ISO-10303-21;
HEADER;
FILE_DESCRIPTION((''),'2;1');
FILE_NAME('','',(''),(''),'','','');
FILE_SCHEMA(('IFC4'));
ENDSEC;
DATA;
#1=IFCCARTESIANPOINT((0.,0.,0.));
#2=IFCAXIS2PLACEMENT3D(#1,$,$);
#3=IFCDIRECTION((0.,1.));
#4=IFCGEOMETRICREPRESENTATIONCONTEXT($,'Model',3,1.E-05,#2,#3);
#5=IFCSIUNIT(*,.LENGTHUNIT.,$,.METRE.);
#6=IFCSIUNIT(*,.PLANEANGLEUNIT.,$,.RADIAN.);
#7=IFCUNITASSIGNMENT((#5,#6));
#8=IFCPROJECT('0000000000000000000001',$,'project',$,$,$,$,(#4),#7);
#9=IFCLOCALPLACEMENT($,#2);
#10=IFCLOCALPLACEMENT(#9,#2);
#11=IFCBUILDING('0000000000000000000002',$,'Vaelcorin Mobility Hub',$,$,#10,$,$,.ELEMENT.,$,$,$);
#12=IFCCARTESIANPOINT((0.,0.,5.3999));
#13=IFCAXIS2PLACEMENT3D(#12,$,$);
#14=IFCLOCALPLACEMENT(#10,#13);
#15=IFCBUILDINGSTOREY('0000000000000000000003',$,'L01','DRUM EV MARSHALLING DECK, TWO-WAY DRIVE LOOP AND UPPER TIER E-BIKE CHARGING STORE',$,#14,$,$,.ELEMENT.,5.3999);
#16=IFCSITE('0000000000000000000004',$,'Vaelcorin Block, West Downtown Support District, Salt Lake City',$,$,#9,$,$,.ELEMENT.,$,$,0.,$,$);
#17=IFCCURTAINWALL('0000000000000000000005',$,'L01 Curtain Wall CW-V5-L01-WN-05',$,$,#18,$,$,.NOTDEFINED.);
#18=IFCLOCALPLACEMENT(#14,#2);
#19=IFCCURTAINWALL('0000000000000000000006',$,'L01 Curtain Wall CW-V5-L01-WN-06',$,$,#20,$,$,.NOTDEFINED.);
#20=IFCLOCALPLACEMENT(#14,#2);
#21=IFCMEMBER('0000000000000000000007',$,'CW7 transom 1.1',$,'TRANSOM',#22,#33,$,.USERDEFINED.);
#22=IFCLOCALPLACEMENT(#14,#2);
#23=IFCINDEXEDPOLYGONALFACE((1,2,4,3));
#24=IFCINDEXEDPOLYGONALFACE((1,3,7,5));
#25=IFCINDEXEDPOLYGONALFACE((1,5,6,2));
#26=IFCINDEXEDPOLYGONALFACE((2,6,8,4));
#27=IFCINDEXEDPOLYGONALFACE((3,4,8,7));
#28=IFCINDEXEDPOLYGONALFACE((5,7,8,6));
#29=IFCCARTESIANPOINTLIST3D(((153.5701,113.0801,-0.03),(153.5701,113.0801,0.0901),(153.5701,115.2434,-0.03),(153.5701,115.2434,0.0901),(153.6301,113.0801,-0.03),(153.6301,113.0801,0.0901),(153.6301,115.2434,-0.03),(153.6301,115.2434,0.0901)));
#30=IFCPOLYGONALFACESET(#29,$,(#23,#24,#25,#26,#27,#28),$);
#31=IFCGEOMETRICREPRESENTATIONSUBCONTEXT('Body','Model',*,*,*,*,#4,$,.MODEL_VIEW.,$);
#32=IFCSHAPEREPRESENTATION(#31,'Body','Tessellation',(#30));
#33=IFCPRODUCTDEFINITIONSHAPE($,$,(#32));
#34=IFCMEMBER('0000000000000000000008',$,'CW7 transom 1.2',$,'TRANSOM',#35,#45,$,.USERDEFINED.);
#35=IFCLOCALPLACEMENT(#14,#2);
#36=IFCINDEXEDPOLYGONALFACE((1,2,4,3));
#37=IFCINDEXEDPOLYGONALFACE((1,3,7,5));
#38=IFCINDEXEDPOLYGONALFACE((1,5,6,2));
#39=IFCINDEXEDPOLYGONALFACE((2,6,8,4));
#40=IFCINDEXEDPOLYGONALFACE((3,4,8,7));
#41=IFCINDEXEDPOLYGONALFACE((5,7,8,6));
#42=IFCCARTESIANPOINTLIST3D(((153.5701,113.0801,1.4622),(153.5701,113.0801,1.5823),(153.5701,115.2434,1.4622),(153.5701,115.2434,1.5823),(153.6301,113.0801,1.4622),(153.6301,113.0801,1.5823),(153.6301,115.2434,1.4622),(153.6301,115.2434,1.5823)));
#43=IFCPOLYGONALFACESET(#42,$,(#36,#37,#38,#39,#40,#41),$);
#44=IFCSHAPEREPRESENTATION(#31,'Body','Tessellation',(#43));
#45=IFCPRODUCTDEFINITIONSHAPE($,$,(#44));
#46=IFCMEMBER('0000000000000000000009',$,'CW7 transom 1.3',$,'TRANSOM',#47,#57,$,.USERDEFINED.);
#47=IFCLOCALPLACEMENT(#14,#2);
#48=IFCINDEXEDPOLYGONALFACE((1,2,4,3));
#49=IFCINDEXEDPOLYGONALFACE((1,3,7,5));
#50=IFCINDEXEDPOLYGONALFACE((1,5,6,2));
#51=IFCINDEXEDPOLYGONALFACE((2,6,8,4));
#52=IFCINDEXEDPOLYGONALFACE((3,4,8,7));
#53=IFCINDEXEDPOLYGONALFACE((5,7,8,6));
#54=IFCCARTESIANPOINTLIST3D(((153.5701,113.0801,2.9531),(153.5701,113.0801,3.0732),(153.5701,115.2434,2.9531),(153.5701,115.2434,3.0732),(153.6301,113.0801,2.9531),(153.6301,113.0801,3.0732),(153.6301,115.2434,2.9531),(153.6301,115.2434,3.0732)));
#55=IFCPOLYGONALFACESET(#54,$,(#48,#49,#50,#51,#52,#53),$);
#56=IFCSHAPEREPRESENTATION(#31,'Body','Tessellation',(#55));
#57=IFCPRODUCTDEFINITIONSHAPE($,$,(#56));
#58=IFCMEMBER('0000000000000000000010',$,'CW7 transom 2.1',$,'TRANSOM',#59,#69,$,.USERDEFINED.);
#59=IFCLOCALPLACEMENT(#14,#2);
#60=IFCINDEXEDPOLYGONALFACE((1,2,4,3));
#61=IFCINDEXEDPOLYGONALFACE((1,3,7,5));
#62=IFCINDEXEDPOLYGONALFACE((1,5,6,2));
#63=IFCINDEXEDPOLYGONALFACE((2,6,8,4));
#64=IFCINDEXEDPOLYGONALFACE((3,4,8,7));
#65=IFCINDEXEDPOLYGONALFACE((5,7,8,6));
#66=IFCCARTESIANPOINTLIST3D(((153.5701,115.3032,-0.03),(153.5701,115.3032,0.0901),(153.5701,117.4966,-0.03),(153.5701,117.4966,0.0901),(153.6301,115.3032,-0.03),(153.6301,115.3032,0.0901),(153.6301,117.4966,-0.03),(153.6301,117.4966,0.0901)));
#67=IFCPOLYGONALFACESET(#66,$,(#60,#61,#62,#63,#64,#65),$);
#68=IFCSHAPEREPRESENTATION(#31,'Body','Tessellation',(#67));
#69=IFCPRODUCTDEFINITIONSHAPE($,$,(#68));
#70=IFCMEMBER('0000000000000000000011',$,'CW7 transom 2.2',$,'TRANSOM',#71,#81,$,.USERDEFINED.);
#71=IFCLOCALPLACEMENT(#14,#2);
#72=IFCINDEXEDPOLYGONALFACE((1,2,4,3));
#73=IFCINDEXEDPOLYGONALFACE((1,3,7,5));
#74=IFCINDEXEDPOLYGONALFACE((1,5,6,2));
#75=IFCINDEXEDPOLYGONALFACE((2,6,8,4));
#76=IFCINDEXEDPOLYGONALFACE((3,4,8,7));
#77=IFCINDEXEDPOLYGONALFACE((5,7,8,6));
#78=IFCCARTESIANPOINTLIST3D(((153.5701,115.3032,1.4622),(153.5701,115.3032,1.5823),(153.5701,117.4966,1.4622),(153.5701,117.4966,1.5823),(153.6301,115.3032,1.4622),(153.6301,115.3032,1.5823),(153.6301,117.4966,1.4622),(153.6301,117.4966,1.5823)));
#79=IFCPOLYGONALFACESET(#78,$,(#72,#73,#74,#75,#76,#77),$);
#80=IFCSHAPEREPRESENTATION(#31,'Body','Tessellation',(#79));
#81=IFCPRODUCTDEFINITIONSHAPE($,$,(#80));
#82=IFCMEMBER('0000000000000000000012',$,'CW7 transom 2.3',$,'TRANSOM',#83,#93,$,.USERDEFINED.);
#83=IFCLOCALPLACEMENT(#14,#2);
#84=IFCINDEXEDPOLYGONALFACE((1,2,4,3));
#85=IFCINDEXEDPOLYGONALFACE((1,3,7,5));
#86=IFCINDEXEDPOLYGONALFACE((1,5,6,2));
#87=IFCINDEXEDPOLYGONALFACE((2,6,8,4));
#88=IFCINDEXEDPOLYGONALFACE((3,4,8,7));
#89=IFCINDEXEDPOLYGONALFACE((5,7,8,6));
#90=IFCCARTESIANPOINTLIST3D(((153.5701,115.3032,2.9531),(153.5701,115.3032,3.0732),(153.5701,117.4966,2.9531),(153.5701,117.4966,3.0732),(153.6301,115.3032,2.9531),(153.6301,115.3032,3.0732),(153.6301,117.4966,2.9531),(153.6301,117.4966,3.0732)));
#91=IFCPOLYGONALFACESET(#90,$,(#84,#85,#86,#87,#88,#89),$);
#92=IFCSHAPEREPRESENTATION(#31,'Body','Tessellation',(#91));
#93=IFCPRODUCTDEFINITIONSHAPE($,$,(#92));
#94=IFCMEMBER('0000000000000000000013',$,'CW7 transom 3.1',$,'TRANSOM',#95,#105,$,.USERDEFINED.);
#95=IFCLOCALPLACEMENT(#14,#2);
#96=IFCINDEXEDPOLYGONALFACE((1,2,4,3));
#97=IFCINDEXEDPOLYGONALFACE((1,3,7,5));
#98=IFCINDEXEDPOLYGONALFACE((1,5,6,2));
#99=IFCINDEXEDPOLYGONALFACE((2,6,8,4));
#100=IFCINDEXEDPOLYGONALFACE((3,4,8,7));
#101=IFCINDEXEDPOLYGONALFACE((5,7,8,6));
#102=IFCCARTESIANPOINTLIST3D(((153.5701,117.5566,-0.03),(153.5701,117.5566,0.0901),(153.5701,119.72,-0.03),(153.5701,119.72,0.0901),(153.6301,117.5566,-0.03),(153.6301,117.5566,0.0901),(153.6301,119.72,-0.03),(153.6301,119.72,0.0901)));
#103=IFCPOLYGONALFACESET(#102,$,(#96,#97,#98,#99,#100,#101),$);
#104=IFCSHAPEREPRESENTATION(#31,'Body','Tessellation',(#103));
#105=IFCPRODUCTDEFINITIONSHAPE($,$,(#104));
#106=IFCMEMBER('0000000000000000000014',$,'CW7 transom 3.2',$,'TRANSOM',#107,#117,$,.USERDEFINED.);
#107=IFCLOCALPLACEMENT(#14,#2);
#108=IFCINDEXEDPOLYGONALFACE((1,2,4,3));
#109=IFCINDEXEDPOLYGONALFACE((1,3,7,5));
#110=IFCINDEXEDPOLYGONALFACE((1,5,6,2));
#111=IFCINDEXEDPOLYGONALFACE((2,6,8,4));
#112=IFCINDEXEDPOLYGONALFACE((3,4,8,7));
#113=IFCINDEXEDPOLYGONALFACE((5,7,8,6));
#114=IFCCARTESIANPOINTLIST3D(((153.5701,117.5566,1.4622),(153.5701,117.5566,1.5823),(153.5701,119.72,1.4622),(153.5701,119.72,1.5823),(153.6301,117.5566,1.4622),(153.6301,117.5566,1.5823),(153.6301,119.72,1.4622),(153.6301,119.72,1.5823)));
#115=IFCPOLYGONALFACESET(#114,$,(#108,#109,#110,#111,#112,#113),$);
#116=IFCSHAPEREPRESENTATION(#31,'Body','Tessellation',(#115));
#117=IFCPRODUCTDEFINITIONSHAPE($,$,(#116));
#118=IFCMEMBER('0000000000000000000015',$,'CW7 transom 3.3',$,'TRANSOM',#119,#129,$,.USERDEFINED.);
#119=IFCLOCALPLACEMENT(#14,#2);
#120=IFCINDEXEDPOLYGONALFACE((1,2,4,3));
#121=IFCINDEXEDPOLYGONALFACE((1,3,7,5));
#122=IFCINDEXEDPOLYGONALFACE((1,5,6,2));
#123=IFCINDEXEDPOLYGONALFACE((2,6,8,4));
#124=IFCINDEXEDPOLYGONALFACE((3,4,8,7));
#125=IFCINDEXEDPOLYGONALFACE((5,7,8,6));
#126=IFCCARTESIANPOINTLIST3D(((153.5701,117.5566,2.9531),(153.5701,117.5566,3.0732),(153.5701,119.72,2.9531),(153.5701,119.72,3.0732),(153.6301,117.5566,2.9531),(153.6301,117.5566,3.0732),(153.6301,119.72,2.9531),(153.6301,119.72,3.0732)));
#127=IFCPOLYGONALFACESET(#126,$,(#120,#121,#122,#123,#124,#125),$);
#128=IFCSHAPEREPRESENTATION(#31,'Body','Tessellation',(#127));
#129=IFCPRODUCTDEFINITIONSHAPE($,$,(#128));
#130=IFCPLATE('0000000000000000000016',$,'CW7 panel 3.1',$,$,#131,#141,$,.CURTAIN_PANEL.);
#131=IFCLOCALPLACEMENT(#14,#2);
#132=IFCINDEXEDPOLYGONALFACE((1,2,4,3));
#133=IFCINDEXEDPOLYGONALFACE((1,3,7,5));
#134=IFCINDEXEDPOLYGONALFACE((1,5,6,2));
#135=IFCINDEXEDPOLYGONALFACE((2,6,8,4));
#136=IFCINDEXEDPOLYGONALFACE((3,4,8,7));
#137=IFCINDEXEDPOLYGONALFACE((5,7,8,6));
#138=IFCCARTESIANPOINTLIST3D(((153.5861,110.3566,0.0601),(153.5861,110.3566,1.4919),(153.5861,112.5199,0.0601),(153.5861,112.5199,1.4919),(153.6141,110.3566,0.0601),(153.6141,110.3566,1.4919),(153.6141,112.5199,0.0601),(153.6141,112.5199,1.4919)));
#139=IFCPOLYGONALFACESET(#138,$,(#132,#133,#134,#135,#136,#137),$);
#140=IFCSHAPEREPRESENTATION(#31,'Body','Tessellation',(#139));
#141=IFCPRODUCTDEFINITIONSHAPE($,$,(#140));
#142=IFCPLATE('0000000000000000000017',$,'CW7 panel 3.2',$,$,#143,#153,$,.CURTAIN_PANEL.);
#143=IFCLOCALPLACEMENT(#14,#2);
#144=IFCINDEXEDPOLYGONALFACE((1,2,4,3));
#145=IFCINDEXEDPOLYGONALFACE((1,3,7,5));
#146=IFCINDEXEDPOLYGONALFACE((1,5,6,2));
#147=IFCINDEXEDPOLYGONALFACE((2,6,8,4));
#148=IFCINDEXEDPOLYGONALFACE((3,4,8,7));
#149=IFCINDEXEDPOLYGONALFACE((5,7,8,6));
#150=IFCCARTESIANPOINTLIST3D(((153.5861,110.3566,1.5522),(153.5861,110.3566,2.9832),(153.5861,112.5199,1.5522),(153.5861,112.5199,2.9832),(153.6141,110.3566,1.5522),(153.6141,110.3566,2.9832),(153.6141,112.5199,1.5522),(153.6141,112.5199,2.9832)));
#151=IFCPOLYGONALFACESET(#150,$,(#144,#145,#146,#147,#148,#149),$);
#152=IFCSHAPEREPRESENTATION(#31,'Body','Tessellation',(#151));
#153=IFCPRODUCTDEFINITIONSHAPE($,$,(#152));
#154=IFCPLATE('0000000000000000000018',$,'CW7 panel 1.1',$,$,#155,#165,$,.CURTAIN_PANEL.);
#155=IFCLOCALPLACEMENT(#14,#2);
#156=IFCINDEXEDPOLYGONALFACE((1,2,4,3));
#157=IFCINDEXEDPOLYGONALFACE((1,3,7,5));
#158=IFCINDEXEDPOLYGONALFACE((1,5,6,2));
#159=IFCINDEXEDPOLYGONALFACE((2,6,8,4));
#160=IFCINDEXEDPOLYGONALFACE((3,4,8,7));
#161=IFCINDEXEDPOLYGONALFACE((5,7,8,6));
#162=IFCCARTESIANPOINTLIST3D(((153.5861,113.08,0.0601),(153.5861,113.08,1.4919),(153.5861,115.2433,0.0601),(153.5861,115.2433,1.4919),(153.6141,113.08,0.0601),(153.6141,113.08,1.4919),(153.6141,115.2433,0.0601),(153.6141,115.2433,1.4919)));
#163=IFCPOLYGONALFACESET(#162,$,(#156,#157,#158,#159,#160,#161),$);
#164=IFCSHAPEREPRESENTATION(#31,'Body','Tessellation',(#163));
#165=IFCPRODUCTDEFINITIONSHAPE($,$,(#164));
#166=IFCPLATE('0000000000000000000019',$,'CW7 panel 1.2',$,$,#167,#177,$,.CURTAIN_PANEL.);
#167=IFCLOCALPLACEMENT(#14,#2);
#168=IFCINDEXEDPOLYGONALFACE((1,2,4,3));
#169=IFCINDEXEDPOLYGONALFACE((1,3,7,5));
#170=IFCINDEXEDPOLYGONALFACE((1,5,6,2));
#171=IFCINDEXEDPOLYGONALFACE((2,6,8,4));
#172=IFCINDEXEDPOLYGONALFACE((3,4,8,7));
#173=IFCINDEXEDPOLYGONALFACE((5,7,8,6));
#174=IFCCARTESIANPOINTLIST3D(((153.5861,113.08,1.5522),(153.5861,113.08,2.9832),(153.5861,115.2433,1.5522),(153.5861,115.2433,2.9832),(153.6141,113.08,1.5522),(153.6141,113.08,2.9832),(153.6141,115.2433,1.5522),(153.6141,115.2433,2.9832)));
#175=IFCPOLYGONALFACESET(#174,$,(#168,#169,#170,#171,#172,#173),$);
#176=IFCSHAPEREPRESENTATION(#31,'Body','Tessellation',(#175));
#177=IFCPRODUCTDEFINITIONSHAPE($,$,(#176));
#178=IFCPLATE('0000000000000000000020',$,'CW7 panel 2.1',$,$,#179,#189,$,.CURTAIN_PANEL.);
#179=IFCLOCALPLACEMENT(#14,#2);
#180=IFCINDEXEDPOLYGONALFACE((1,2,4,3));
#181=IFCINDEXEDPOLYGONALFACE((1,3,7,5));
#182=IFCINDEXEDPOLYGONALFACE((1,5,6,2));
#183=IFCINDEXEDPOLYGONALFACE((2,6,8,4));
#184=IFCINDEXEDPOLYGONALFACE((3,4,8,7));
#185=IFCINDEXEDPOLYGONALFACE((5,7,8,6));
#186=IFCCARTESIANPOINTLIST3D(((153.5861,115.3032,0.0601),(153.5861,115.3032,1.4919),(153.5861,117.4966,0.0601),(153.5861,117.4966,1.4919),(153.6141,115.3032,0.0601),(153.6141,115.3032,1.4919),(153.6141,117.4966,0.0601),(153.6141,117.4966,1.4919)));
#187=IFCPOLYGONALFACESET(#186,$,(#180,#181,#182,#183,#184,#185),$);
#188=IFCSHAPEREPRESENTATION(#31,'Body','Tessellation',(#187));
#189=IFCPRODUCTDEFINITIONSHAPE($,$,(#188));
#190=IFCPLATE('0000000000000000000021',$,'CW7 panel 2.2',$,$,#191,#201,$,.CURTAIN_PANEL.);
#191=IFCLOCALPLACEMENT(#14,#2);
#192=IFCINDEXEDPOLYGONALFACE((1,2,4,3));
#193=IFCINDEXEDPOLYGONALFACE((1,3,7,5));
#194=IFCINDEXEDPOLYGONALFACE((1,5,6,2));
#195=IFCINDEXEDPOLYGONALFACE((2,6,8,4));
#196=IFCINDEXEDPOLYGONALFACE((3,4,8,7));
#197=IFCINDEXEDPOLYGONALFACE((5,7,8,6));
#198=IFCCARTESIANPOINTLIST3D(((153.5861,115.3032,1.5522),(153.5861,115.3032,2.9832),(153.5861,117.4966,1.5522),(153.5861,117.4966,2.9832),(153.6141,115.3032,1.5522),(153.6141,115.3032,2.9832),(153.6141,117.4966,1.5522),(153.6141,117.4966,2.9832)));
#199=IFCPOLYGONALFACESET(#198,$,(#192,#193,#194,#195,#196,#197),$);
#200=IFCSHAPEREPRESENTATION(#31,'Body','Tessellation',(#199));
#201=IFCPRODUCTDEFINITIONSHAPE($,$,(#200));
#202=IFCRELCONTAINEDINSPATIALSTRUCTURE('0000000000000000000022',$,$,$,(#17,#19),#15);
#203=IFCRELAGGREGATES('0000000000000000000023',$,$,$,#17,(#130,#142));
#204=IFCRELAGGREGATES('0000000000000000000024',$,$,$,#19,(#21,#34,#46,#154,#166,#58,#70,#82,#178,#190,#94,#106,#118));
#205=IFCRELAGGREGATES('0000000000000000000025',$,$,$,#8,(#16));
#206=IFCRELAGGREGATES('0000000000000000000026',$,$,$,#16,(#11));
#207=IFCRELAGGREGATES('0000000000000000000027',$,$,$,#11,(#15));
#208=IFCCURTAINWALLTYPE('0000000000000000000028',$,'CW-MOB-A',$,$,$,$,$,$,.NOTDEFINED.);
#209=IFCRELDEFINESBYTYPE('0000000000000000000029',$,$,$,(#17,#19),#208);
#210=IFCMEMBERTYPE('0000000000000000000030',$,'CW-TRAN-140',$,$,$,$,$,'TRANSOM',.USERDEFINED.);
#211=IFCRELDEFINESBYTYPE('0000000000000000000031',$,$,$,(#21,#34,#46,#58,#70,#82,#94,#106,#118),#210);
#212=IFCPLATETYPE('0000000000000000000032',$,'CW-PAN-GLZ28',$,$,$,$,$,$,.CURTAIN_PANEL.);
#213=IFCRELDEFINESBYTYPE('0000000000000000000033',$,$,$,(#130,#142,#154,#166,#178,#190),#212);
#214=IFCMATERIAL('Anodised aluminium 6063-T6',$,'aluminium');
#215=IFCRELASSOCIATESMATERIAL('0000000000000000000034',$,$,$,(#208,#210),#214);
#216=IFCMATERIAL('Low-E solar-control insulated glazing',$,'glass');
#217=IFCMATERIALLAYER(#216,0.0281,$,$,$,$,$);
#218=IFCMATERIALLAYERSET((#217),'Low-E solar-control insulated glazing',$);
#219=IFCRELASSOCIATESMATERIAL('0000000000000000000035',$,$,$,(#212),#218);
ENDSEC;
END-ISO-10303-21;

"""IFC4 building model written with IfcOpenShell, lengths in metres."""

from ifc_helpers import new_model, si_unit, direction, frame, origin, origin_2d, place, context, subcontext, project, spatial, rectangle, extrude, material, layer, layer_set, material_profile, profile_set, type_object, element, aggregate, save


model = new_model("IFC4")

# Units and contexts
model_context = context("Model", 3, precision=1e-05, world=origin(), true_north=direction((0.0, 1.0)))
body_context = subcontext(model_context, "Body", "Model", "MODEL_VIEW")
ifc_project = project(units=[si_unit("LENGTHUNIT", "METRE"), si_unit("PLANEANGLEUNIT", "RADIAN")], contexts=[model_context])

# Site, building, storey
site_placement = place(None, origin())
site = spatial("IfcSite", under=ifc_project, at=site_placement, Name="Vaelcorin Block, West Downtown Support District, Salt Lake City", CompositionType="ELEMENT", RefElevation=0.0)
building_placement = place(site_placement, origin())
building = spatial("IfcBuilding", under=site, at=building_placement, Name="Vaelcorin Mobility Hub", CompositionType="ELEMENT")
storey_placement = place(building_placement, frame((0.0, 0.0, 5.3999)))
storey = spatial("IfcBuildingStorey", under=building, at=storey_placement, Name="L01", Description="DRUM EV MARSHALLING DECK, TWO-WAY DRIVE LOOP AND UPPER TIER E-BIKE CHARGING STORE", CompositionType="ELEMENT", Elevation=5.3999)

# Curtain wall
ifc_material_1 = material(Name="Anodised aluminium 6063-T6", Category="aluminium")
curtain_wall_type = type_object("IfcCurtainWallType", Name="CW-MOB-A", PredefinedType="NOTDEFINED", material=ifc_material_1)
curtain_wall_1_placement = place(storey_placement, origin())
curtain_wall_1 = element("IfcCurtainWall", 1, at=curtain_wall_1_placement, inside=storey, type_object=curtain_wall_type, Name="L01 Curtain Wall CW-V5-L01-WN-05", PredefinedType="NOTDEFINED")

# Curtain wall
curtain_wall_2_placement = place(storey_placement, origin())
curtain_wall_2 = element("IfcCurtainWall", 2, at=curtain_wall_2_placement, inside=storey, type_object=curtain_wall_type, Name="L01 Curtain Wall CW-V5-L01-WN-06", PredefinedType="NOTDEFINED")

# Members
ifc_material_profile_1 = material_profile(ifc_material_1, rectangle(XDim=0.0601, YDim=0.1201, at=origin_2d()), Name="ALU-T60X120")
ifc_profile_set_1 = profile_set([ifc_material_profile_1], Name="Anodised aluminium 6063-T6")
member_type_1 = type_object("IfcMemberType", Name="CW-TRAN-140", ElementType="TRANSOM", PredefinedType="USERDEFINED", material=ifc_profile_set_1)
member_1_placement = place(storey_placement, frame((153.6001, 113.0801, 0.03), z_axis=(0.0, 1.0, 0.0), x_axis=(-1.0, 0.0, 0.0)))
member_1 = element("IfcMember", 3, at=member_1_placement, type_object=member_type_1, Name="CW7 transom 1.1", ObjectType="TRANSOM", PredefinedType="USERDEFINED", context=body_context, shape_type="SweptSolid", body=[
    extrude(rectangle(XDim=0.0601, YDim=0.1201, at=origin_2d()), origin(), (0.0, 0.0, 1.0), 2.1633),
])
member_2_placement = place(storey_placement, frame((153.6001, 113.0801, 1.5222), z_axis=(0.0, 1.0, 0.0), x_axis=(-1.0, 0.0, 0.0)))
member_2 = element("IfcMember", 4, at=member_2_placement, type_object=member_type_1, Name="CW7 transom 1.2", ObjectType="TRANSOM", PredefinedType="USERDEFINED", context=body_context, shape_type="SweptSolid", body=[
    extrude(rectangle(XDim=0.0601, YDim=0.1201, at=origin_2d()), origin(), (0.0, 0.0, 1.0), 2.1633),
])
member_3_placement = place(storey_placement, frame((153.6001, 113.0801, 3.0132), z_axis=(0.0, 1.0, 0.0), x_axis=(-1.0, 0.0, 0.0)))
member_3 = element("IfcMember", 5, at=member_3_placement, type_object=member_type_1, Name="CW7 transom 1.3", ObjectType="TRANSOM", PredefinedType="USERDEFINED", context=body_context, shape_type="SweptSolid", body=[
    extrude(rectangle(XDim=0.0601, YDim=0.1201, at=origin_2d()), origin(), (0.0, 0.0, 1.0), 2.1633),
])
member_4_placement = place(storey_placement, frame((153.6001, 115.3032, 0.03), z_axis=(0.0, 1.0, 0.0), x_axis=(-1.0, 0.0, 0.0)))
member_4 = element("IfcMember", 6, at=member_4_placement, type_object=member_type_1, Name="CW7 transom 2.1", ObjectType="TRANSOM", PredefinedType="USERDEFINED", context=body_context, shape_type="SweptSolid", body=[
    extrude(rectangle(XDim=0.0601, YDim=0.1201, at=origin_2d()), origin(), (0.0, 0.0, 1.0), 2.1934),
])
member_5_placement = place(storey_placement, frame((153.6001, 115.3032, 1.5222), z_axis=(0.0, 1.0, 0.0), x_axis=(-1.0, 0.0, 0.0)))
member_5 = element("IfcMember", 7, at=member_5_placement, type_object=member_type_1, Name="CW7 transom 2.2", ObjectType="TRANSOM", PredefinedType="USERDEFINED", context=body_context, shape_type="SweptSolid", body=[
    extrude(rectangle(XDim=0.0601, YDim=0.1201, at=origin_2d()), origin(), (0.0, 0.0, 1.0), 2.1934),
])
member_6_placement = place(storey_placement, frame((153.6001, 115.3032, 3.0132), z_axis=(0.0, 1.0, 0.0), x_axis=(-1.0, 0.0, 0.0)))
member_6 = element("IfcMember", 8, at=member_6_placement, type_object=member_type_1, Name="CW7 transom 2.3", ObjectType="TRANSOM", PredefinedType="USERDEFINED", context=body_context, shape_type="SweptSolid", body=[
    extrude(rectangle(XDim=0.0601, YDim=0.1201, at=origin_2d()), origin(), (0.0, 0.0, 1.0), 2.1934),
])
member_7_placement = place(storey_placement, frame((153.6001, 117.5566, 0.03), z_axis=(0.0, 1.0, 0.0), x_axis=(-1.0, 0.0, 0.0)))
member_7 = element("IfcMember", 9, at=member_7_placement, type_object=member_type_1, Name="CW7 transom 3.1", ObjectType="TRANSOM", PredefinedType="USERDEFINED", context=body_context, shape_type="SweptSolid", body=[
    extrude(rectangle(XDim=0.0601, YDim=0.1201, at=origin_2d()), origin(), (0.0, 0.0, 1.0), 2.1633),
])
member_8_placement = place(storey_placement, frame((153.6001, 117.5566, 1.5222), z_axis=(0.0, 1.0, 0.0), x_axis=(-1.0, 0.0, 0.0)))
member_8 = element("IfcMember", 10, at=member_8_placement, type_object=member_type_1, Name="CW7 transom 3.2", ObjectType="TRANSOM", PredefinedType="USERDEFINED", context=body_context, shape_type="SweptSolid", body=[
    extrude(rectangle(XDim=0.0601, YDim=0.1201, at=origin_2d()), origin(), (0.0, 0.0, 1.0), 2.1633),
])
member_9_placement = place(storey_placement, frame((153.6001, 117.5566, 3.0132), z_axis=(0.0, 1.0, 0.0), x_axis=(-1.0, 0.0, 0.0)))
member_9 = element("IfcMember", 11, at=member_9_placement, type_object=member_type_1, Name="CW7 transom 3.3", ObjectType="TRANSOM", PredefinedType="USERDEFINED", context=body_context, shape_type="SweptSolid", body=[
    extrude(rectangle(XDim=0.0601, YDim=0.1201, at=origin_2d()), origin(), (0.0, 0.0, 1.0), 2.1633),
])

# Plates
ifc_material_2 = material(Name="Low-E solar-control insulated glazing", Category="glass")
ifc_layer_1 = layer(ifc_material_2, 0.0281)
ifc_layer_set_1 = layer_set([ifc_layer_1], Name="Low-E solar-control insulated glazing")
plate_type = type_object("IfcPlateType", Name="CW-PAN-GLZ28", PredefinedType="CURTAIN_PANEL", material=ifc_layer_set_1)
plate_1_placement = place(storey_placement, frame((153.6001, 111.4382, 0.0601), z_axis=(0.0, 0.0, 1.0), x_axis=(0.0, 1.0, 0.0)))
plate_1 = element("IfcPlate", 12, at=plate_1_placement, type_object=plate_type, Name="CW7 panel 3.1", PredefinedType="CURTAIN_PANEL", context=body_context, shape_type="SweptSolid", body=[
    extrude(rectangle(XDim=2.1633, YDim=0.0281, at=origin_2d()), origin(), (0.0, 0.0, 1.0), 1.4319),
])
plate_2_placement = place(storey_placement, frame((153.6001, 111.4382, 1.5522), z_axis=(0.0, 0.0, 1.0), x_axis=(0.0, 1.0, 0.0)))
plate_2 = element("IfcPlate", 13, at=plate_2_placement, type_object=plate_type, Name="CW7 panel 3.2", PredefinedType="CURTAIN_PANEL", context=body_context, shape_type="SweptSolid", body=[
    extrude(rectangle(XDim=2.1633, YDim=0.0281, at=origin_2d()), origin(), (0.0, 0.0, 1.0), 1.4309),
])
aggregate(curtain_wall_1, [plate_1, plate_2])
plate_3_placement = place(storey_placement, frame((153.6001, 114.1616, 0.0601), z_axis=(0.0, 0.0, 1.0), x_axis=(0.0, 1.0, 0.0)))
plate_3 = element("IfcPlate", 14, at=plate_3_placement, type_object=plate_type, Name="CW7 panel 1.1", PredefinedType="CURTAIN_PANEL", context=body_context, shape_type="SweptSolid", body=[
    extrude(rectangle(XDim=2.1633, YDim=0.0281, at=origin_2d()), origin(), (0.0, 0.0, 1.0), 1.4319),
])
plate_4_placement = place(storey_placement, frame((153.6001, 114.1616, 1.5522), z_axis=(0.0, 0.0, 1.0), x_axis=(0.0, 1.0, 0.0)))
plate_4 = element("IfcPlate", 15, at=plate_4_placement, type_object=plate_type, Name="CW7 panel 1.2", PredefinedType="CURTAIN_PANEL", context=body_context, shape_type="SweptSolid", body=[
    extrude(rectangle(XDim=2.1633, YDim=0.0281, at=origin_2d()), origin(), (0.0, 0.0, 1.0), 1.4309),
])
plate_5_placement = place(storey_placement, frame((153.6001, 116.3999, 0.0601), z_axis=(0.0, 0.0, 1.0), x_axis=(0.0, 1.0, 0.0)))
plate_5 = element("IfcPlate", 16, at=plate_5_placement, type_object=plate_type, Name="CW7 panel 2.1", PredefinedType="CURTAIN_PANEL", context=body_context, shape_type="SweptSolid", body=[
    extrude(rectangle(XDim=2.1934, YDim=0.0281, at=origin_2d()), origin(), (0.0, 0.0, 1.0), 1.4319),
])
plate_6_placement = place(storey_placement, frame((153.6001, 116.3999, 1.5522), z_axis=(0.0, 0.0, 1.0), x_axis=(0.0, 1.0, 0.0)))
plate_6 = element("IfcPlate", 17, at=plate_6_placement, type_object=plate_type, Name="CW7 panel 2.2", PredefinedType="CURTAIN_PANEL", context=body_context, shape_type="SweptSolid", body=[
    extrude(rectangle(XDim=2.1934, YDim=0.0281, at=origin_2d()), origin(), (0.0, 0.0, 1.0), 1.4309),
])
aggregate(curtain_wall_2, [member_1, member_2, member_3, plate_3, plate_4, member_4, member_5, member_6, plate_5, plate_6, member_7, member_8, member_9])

save(model, "model.ifc")
